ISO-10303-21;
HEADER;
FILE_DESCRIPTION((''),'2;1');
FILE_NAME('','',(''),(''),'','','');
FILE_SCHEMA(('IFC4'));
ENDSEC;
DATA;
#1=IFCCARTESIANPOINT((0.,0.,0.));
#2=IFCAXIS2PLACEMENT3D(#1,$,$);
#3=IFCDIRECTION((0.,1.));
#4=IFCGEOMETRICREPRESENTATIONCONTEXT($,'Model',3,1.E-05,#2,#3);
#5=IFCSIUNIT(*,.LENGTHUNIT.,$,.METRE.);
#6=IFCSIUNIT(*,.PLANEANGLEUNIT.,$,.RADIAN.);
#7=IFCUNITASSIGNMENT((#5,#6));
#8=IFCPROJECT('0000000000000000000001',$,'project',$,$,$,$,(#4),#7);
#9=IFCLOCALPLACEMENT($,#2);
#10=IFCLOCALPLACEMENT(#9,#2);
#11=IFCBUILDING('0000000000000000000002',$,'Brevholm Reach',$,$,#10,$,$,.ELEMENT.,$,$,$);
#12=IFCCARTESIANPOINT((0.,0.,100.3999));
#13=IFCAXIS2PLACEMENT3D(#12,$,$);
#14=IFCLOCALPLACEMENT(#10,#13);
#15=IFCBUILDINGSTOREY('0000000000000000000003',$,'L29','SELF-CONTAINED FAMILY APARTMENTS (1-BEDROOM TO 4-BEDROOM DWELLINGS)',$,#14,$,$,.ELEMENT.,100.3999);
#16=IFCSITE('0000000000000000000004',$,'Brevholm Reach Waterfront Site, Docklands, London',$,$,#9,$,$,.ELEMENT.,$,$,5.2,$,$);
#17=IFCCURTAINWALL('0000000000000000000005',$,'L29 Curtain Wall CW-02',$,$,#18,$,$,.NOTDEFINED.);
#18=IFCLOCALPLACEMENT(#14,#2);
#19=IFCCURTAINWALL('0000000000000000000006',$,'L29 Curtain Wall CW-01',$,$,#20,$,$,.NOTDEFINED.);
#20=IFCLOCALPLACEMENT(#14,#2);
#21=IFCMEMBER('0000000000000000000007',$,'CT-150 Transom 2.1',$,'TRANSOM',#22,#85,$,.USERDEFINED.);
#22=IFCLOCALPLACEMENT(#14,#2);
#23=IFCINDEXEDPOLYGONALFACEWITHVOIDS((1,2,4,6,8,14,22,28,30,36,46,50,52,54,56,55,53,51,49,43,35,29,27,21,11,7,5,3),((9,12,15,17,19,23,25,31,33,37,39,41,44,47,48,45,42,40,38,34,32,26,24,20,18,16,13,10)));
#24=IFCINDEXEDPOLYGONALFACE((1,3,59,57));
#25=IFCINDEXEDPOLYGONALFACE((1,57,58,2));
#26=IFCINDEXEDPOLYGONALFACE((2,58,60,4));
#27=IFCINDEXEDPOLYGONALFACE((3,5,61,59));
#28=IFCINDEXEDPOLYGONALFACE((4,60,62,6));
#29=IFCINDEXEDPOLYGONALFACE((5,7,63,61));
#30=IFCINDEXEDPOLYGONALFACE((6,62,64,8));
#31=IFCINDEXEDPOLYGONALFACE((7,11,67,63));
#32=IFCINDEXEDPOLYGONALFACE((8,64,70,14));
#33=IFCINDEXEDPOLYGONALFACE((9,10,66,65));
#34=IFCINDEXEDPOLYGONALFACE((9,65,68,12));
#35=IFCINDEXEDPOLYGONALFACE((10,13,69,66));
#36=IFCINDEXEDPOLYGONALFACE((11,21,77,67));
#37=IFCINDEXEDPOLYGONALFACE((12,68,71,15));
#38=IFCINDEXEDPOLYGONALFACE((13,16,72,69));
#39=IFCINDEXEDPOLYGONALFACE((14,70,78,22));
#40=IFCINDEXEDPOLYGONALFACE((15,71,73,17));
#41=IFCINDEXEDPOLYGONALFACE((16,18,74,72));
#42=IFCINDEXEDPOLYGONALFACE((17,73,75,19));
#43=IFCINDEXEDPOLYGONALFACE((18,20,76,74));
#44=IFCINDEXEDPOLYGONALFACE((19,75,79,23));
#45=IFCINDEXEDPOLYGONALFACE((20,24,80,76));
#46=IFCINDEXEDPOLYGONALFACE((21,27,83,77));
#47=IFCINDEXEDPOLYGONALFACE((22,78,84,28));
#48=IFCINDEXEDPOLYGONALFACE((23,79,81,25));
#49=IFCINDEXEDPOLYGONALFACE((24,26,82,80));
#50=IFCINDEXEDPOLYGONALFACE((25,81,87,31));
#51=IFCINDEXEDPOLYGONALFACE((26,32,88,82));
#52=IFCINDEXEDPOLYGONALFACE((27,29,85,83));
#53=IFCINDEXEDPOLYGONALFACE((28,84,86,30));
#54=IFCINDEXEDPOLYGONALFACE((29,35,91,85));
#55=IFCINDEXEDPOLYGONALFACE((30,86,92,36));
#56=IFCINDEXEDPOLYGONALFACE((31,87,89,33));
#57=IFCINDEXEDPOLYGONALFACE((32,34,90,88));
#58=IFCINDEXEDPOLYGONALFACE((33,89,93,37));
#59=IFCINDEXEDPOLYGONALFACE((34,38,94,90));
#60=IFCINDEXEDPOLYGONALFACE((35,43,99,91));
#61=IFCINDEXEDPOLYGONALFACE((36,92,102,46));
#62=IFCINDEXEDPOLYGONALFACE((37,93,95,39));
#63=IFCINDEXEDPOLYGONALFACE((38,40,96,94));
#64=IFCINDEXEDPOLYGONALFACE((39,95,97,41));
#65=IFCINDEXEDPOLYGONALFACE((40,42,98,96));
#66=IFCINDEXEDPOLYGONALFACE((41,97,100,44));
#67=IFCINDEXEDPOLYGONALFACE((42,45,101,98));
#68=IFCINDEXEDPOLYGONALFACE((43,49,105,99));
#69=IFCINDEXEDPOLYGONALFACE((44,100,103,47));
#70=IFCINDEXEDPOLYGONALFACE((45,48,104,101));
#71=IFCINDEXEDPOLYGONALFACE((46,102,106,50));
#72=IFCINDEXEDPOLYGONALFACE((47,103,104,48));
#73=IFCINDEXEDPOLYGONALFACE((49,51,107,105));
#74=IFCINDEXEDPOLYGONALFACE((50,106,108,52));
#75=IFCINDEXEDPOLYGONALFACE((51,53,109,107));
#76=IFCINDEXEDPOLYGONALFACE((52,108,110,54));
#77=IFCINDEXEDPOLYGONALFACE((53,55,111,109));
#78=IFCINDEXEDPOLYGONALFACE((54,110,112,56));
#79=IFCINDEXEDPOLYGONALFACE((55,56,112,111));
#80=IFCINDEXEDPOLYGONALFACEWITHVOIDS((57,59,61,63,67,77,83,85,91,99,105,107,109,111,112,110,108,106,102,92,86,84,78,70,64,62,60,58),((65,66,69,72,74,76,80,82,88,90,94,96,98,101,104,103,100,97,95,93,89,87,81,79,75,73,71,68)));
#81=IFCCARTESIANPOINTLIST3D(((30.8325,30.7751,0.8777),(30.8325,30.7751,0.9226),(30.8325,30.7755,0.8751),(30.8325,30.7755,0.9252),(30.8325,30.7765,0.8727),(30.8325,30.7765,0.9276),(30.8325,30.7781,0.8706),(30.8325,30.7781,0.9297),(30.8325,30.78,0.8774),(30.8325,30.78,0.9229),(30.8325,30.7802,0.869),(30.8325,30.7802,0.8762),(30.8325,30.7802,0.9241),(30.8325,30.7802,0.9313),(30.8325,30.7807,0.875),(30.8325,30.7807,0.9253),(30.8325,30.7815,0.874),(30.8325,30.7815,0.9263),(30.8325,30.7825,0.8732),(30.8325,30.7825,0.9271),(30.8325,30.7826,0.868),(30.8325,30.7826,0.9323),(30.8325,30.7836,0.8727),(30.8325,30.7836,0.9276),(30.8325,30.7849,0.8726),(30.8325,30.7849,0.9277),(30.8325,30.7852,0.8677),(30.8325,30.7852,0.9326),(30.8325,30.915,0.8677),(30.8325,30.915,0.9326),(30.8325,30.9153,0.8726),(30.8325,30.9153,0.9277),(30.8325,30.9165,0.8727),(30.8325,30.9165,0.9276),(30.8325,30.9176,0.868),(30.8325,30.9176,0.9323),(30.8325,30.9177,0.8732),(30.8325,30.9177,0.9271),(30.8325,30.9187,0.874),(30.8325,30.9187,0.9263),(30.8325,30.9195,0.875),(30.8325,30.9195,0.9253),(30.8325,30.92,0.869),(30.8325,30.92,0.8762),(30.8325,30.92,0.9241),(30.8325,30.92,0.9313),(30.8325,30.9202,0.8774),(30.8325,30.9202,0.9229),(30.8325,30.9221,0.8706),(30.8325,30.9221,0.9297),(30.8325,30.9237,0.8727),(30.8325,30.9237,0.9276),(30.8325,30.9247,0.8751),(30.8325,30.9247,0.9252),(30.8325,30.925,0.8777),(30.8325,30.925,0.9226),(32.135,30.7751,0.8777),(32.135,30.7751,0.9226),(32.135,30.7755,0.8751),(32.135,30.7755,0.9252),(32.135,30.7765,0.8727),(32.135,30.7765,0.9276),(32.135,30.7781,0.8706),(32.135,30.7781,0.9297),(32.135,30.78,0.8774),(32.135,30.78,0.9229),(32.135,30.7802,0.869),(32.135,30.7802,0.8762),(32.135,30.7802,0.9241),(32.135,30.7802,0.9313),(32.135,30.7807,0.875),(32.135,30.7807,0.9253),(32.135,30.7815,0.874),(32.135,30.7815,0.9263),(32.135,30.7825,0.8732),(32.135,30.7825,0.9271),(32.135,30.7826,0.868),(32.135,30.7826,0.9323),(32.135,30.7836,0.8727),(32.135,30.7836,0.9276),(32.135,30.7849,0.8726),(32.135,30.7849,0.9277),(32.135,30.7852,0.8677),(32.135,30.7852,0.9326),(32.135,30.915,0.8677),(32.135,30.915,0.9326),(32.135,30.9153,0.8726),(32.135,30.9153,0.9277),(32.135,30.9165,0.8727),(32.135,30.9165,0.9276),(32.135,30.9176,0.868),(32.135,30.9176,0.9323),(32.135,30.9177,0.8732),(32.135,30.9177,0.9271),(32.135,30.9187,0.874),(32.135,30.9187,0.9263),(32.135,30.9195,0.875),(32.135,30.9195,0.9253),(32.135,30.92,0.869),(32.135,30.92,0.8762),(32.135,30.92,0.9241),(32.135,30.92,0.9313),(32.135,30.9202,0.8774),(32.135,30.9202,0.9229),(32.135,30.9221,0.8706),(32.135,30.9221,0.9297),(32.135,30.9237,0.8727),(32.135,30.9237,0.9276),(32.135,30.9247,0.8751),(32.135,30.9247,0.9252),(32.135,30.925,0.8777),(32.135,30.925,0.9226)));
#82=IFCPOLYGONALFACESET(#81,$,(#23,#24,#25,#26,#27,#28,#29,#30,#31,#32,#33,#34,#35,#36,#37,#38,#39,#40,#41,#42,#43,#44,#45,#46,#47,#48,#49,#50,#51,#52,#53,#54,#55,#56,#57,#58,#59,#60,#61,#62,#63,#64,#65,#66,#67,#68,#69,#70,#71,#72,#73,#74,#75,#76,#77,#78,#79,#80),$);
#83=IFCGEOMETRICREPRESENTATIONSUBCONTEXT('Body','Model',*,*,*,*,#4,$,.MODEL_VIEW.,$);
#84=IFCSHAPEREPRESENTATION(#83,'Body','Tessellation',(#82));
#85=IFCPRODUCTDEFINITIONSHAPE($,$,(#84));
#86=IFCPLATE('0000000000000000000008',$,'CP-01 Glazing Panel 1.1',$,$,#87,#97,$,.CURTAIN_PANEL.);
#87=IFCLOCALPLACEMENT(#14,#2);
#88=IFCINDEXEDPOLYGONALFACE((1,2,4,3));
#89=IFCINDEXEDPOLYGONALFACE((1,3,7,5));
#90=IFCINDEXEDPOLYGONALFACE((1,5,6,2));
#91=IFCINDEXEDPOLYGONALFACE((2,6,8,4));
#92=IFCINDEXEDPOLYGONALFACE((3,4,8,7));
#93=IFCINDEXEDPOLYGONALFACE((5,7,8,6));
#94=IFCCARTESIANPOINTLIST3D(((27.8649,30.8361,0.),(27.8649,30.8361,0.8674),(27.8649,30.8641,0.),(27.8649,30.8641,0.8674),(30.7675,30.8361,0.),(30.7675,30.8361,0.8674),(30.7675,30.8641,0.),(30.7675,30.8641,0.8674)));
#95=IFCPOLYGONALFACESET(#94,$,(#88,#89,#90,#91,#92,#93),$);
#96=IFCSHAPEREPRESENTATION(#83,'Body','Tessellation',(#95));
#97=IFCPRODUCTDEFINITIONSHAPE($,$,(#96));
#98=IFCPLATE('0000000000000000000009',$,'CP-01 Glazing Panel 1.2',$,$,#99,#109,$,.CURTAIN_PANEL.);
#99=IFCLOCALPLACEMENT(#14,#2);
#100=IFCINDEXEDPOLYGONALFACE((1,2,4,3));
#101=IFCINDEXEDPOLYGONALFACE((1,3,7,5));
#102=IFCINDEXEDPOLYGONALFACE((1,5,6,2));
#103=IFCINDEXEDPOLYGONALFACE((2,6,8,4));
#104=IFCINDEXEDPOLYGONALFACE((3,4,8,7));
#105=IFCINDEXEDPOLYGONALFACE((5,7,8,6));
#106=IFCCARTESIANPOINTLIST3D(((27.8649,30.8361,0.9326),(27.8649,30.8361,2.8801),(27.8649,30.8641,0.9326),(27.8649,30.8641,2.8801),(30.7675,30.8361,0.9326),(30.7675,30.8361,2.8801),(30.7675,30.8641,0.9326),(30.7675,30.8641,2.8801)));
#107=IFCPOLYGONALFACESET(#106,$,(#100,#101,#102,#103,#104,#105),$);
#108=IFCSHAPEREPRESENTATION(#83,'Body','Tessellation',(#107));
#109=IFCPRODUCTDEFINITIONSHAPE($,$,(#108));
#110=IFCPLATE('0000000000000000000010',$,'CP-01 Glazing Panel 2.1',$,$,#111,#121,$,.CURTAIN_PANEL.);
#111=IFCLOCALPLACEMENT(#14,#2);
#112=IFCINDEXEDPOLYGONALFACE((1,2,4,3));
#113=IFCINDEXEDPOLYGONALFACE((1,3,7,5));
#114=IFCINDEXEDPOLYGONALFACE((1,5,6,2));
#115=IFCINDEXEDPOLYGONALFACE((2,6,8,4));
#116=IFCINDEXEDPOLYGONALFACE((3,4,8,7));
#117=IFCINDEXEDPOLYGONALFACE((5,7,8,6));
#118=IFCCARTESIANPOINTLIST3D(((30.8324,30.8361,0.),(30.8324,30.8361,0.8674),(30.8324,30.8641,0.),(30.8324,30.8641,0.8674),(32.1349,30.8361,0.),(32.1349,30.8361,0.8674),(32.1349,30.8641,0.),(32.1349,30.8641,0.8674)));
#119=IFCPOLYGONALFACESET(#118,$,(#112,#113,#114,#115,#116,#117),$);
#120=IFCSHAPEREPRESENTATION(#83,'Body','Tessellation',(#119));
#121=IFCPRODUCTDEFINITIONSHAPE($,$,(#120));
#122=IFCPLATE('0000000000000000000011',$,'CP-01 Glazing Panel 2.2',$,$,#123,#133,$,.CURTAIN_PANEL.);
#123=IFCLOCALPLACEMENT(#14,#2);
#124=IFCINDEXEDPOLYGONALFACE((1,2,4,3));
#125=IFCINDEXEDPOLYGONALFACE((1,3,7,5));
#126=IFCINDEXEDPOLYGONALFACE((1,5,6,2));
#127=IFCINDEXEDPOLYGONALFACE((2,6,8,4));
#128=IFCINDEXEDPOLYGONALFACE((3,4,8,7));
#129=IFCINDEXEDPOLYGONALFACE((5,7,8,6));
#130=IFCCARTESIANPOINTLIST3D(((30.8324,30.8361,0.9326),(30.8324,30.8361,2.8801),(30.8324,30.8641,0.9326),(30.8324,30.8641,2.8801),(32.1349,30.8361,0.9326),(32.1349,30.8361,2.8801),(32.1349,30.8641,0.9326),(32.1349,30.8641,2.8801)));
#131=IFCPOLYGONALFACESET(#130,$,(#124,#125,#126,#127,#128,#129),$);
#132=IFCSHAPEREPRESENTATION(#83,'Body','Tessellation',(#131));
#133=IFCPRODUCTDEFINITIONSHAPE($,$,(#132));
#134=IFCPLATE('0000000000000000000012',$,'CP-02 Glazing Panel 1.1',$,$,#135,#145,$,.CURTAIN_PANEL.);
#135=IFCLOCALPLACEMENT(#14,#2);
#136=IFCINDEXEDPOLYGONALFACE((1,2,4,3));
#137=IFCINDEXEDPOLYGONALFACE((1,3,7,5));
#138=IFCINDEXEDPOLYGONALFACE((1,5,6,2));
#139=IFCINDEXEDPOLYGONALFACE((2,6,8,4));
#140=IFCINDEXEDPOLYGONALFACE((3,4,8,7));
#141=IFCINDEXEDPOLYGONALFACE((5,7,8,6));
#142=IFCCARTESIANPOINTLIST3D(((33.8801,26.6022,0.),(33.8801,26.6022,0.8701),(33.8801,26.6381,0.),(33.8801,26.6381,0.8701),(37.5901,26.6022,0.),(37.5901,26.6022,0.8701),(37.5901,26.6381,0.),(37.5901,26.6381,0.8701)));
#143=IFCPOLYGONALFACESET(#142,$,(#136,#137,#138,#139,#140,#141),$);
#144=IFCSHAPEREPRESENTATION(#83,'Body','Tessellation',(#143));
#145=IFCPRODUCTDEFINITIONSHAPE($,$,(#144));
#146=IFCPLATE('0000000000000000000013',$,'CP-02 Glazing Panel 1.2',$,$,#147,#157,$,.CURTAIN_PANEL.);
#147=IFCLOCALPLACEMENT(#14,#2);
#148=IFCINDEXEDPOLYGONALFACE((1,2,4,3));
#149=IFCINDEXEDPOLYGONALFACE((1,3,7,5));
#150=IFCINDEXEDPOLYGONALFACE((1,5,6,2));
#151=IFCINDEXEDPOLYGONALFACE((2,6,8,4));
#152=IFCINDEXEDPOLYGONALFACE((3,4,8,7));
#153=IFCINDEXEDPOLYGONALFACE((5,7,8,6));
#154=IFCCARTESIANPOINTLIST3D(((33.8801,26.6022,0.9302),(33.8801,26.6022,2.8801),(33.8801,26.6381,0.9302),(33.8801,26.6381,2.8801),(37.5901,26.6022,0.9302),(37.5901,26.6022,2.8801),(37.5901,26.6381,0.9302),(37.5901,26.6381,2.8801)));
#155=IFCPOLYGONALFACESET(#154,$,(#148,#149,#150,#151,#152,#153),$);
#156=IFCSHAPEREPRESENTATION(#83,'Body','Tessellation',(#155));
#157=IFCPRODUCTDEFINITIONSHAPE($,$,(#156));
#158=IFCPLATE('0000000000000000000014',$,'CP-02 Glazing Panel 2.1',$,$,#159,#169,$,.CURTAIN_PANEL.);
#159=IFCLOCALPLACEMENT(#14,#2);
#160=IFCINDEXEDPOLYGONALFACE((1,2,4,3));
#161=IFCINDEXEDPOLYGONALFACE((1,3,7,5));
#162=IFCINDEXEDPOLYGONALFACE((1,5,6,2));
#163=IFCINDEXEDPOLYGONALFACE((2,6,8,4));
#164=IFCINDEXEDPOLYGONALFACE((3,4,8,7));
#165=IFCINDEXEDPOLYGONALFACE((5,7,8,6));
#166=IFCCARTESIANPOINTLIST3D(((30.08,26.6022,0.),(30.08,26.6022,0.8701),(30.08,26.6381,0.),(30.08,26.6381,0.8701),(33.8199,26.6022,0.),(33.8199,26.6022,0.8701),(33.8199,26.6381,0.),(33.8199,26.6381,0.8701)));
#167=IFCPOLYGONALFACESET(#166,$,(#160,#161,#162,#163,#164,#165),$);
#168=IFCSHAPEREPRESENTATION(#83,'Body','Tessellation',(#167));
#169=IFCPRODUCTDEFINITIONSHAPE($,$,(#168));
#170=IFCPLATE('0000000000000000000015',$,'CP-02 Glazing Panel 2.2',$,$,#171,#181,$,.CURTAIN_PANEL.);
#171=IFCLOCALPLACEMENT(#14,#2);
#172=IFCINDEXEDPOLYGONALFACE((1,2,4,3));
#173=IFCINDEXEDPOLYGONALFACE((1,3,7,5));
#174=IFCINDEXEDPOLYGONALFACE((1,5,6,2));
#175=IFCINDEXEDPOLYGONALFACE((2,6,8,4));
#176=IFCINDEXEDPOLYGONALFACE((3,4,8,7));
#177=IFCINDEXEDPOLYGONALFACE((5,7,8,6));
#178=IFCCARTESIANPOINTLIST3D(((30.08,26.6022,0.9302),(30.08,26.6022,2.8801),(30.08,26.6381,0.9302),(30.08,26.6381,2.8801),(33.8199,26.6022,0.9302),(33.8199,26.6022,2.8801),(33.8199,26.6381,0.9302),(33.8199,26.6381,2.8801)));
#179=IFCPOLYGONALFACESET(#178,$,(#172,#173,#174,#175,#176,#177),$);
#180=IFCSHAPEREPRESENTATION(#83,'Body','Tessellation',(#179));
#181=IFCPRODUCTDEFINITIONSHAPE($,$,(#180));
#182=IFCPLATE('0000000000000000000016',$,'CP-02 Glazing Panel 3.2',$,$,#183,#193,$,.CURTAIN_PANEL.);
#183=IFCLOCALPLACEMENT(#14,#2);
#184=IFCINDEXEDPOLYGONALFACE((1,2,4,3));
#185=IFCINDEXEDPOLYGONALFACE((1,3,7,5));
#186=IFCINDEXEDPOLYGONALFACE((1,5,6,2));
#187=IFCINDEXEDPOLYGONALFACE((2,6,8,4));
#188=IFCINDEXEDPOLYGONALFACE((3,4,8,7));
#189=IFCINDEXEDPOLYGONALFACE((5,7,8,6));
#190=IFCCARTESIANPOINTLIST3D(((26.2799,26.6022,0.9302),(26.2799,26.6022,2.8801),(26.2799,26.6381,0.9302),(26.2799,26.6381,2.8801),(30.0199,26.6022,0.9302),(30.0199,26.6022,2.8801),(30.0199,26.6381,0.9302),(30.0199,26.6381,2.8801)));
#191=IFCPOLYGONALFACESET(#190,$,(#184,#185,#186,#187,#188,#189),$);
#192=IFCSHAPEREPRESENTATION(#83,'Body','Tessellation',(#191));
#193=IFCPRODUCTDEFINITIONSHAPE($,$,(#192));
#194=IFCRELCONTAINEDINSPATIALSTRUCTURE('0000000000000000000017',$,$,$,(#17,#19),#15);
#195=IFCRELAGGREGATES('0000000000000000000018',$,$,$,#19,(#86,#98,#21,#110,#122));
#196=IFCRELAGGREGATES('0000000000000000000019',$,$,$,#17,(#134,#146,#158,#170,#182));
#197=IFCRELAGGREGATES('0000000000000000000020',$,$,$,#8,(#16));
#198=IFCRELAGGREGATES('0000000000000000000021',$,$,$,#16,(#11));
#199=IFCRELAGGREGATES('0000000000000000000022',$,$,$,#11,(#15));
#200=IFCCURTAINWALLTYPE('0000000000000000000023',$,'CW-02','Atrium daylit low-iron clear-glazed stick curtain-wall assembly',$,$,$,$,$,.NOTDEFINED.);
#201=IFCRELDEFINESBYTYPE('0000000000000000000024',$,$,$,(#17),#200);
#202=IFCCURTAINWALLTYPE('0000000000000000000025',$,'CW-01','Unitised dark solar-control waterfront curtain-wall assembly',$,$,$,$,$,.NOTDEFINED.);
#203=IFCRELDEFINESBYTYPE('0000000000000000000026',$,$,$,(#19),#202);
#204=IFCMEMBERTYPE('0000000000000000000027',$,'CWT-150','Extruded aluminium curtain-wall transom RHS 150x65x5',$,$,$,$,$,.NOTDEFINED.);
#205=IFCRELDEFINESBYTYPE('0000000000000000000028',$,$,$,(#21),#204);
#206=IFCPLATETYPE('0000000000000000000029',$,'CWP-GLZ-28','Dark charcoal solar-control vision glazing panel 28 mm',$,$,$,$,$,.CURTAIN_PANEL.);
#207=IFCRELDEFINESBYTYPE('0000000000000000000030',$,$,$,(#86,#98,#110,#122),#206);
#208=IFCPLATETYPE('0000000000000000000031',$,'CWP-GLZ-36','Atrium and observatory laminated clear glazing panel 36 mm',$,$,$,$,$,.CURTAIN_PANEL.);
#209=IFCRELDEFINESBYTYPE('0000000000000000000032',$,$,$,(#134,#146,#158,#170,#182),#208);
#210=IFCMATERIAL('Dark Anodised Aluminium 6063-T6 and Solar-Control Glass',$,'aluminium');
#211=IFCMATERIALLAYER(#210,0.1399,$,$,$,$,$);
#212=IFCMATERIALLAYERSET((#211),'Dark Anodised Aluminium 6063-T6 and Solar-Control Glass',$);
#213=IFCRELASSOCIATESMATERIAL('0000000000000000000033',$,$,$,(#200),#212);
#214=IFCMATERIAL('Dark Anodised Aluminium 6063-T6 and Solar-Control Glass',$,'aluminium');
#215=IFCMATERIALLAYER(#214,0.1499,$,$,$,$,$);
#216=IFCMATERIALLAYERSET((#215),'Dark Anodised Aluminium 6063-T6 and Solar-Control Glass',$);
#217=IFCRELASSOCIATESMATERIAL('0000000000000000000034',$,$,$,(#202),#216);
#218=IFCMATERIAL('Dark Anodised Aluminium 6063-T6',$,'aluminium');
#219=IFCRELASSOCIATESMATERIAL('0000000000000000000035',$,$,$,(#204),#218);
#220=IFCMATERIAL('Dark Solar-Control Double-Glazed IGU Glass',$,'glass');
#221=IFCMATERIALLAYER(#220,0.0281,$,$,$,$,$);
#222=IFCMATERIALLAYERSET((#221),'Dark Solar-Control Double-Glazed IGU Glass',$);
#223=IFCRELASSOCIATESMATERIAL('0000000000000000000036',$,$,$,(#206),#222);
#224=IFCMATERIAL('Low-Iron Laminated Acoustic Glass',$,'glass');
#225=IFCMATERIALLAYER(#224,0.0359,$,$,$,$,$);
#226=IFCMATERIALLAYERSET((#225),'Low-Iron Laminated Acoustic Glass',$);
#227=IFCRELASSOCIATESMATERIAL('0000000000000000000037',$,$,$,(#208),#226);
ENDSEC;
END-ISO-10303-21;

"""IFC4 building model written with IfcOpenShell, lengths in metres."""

from ifc_helpers import new_model, si_unit, direction, frame, origin, origin_2d, place, context, subcontext, project, spatial, rectangle, hollow_rectangle, extrude, material, layer, layer_set, material_profile, profile_set, type_object, element, aggregate, save


model = new_model("IFC4")

# Units and contexts
model_context = context("Model", 3, precision=1e-05, world=origin(), true_north=direction((0.0, 1.0)))
body_context = subcontext(model_context, "Body", "Model", "MODEL_VIEW")
ifc_project = project(units=[si_unit("LENGTHUNIT", "METRE"), si_unit("PLANEANGLEUNIT", "RADIAN")], contexts=[model_context])

# Site, building, storey
site_placement = place(None, origin())
site = spatial("IfcSite", under=ifc_project, at=site_placement, Name="Brevholm Reach Waterfront Site, Docklands, London", CompositionType="ELEMENT", RefElevation=5.2)
building_placement = place(site_placement, origin())
building = spatial("IfcBuilding", under=site, at=building_placement, Name="Brevholm Reach", CompositionType="ELEMENT")
storey_placement = place(building_placement, frame((0.0, 0.0, 100.3999)))
storey = spatial("IfcBuildingStorey", under=building, at=storey_placement, Name="L29", Description="SELF-CONTAINED FAMILY APARTMENTS (1-BEDROOM TO 4-BEDROOM DWELLINGS)", CompositionType="ELEMENT", Elevation=100.3999)

# Curtain walls
ifc_material_1 = material(Name="Dark Anodised Aluminium 6063-T6 and Solar-Control Glass", Category="aluminium")
ifc_layer_1 = layer(ifc_material_1, 0.1399)
ifc_layer_set_1 = layer_set([ifc_layer_1], Name="Dark Anodised Aluminium 6063-T6 and Solar-Control Glass")
curtain_wall_type_1 = type_object("IfcCurtainWallType", Name="CW-02", Description="Atrium daylit low-iron clear-glazed stick curtain-wall assembly", PredefinedType="NOTDEFINED", material=ifc_layer_set_1)
curtain_wall_1_placement = place(storey_placement, origin())
curtain_wall_1 = element("IfcCurtainWall", 1, at=curtain_wall_1_placement, inside=storey, type_object=curtain_wall_type_1, Name="L29 Curtain Wall CW-02", PredefinedType="NOTDEFINED")
ifc_material_2 = material(Name="Dark Anodised Aluminium 6063-T6 and Solar-Control Glass", Category="aluminium")
ifc_layer_2 = layer(ifc_material_2, 0.1499)
ifc_layer_set_2 = layer_set([ifc_layer_2], Name="Dark Anodised Aluminium 6063-T6 and Solar-Control Glass")
curtain_wall_type_2 = type_object("IfcCurtainWallType", Name="CW-01", Description="Unitised dark solar-control waterfront curtain-wall assembly", PredefinedType="NOTDEFINED", material=ifc_layer_set_2)
curtain_wall_2_placement = place(storey_placement, origin())
curtain_wall_2 = element("IfcCurtainWall", 2, at=curtain_wall_2_placement, inside=storey, type_object=curtain_wall_type_2, Name="L29 Curtain Wall CW-01", PredefinedType="NOTDEFINED")

# Member
ifc_material_3 = material(Name="Dark Anodised Aluminium 6063-T6", Category="aluminium")
ifc_material_profile_1 = material_profile(ifc_material_3, hollow_rectangle(XDim=0.0649, YDim=0.1499, WallThickness=0.0049, InnerFilletRadius=0.0049, OuterFilletRadius=0.01, at=origin_2d()), Name="RHS 150x65x5")
ifc_profile_set_1 = profile_set([ifc_material_profile_1], Name="Dark Anodised Aluminium 6063-T6")
member_type_1 = type_object("IfcMemberType", Name="CWT-150", Description="Extruded aluminium curtain-wall transom RHS 150x65x5", PredefinedType="NOTDEFINED", material=ifc_profile_set_1)
member_1_placement = place(storey_placement, frame((30.8325, 30.8501, 0.9001), z_axis=(1.0, 0.0, 0.0), x_axis=(0.0, 0.0, 1.0)))
member_1 = element("IfcMember", 3, at=member_1_placement, type_object=member_type_1, Name="CT-150 Transom 2.1", ObjectType="TRANSOM", PredefinedType="USERDEFINED", context=body_context, shape_type="SweptSolid", body=[
    extrude(hollow_rectangle(XDim=0.0649, YDim=0.1499, WallThickness=0.0049, InnerFilletRadius=0.0049, OuterFilletRadius=0.01, at=origin_2d()), origin(), (0.0, 0.0, 1.0), 1.3025),
])

# Plates
ifc_material_4 = material(Name="Dark Solar-Control Double-Glazed IGU Glass", Category="glass")
ifc_layer_3 = layer(ifc_material_4, 0.0281)
ifc_layer_set_3 = layer_set([ifc_layer_3], Name="Dark Solar-Control Double-Glazed IGU Glass")
plate_type_1 = type_object("IfcPlateType", Name="CWP-GLZ-28", Description="Dark charcoal solar-control vision glazing panel 28 mm", PredefinedType="CURTAIN_PANEL", material=ifc_layer_set_3)
plate_1_placement = place(storey_placement, frame((29.3162, 30.8501, 0.0), z_axis=(0.0, 0.0, 1.0), x_axis=(1.0, 0.0, 0.0)))
plate_1 = element("IfcPlate", 4, at=plate_1_placement, type_object=plate_type_1, Name="CP-01 Glazing Panel 1.1", PredefinedType="CURTAIN_PANEL", context=body_context, shape_type="SweptSolid", body=[
    extrude(rectangle(XDim=2.9026, YDim=0.0281, at=origin_2d()), origin(), (0.0, 0.0, 1.0), 0.8674),
])
plate_2_placement = place(storey_placement, frame((29.3162, 30.8501, 0.9326), z_axis=(0.0, 0.0, 1.0), x_axis=(1.0, 0.0, 0.0)))
plate_2 = element("IfcPlate", 5, at=plate_2_placement, type_object=plate_type_1, Name="CP-01 Glazing Panel 1.2", PredefinedType="CURTAIN_PANEL", context=body_context, shape_type="SweptSolid", body=[
    extrude(rectangle(XDim=2.9026, YDim=0.0281, at=origin_2d()), origin(), (0.0, 0.0, 1.0), 1.9475),
])
plate_3_placement = place(storey_placement, frame((31.4836, 30.8501, 0.0), z_axis=(0.0, 0.0, 1.0), x_axis=(1.0, 0.0, 0.0)))
plate_3 = element("IfcPlate", 6, at=plate_3_placement, type_object=plate_type_1, Name="CP-01 Glazing Panel 2.1", PredefinedType="CURTAIN_PANEL", context=body_context, shape_type="SweptSolid", body=[
    extrude(rectangle(XDim=1.3025, YDim=0.0281, at=origin_2d()), origin(), (0.0, 0.0, 1.0), 0.8674),
])
plate_4_placement = place(storey_placement, frame((31.4836, 30.8501, 0.9326), z_axis=(0.0, 0.0, 1.0), x_axis=(1.0, 0.0, 0.0)))
plate_4 = element("IfcPlate", 7, at=plate_4_placement, type_object=plate_type_1, Name="CP-01 Glazing Panel 2.2", PredefinedType="CURTAIN_PANEL", context=body_context, shape_type="SweptSolid", body=[
    extrude(rectangle(XDim=1.3025, YDim=0.0281, at=origin_2d()), origin(), (0.0, 0.0, 1.0), 1.9475),
])
aggregate(curtain_wall_2, [plate_1, plate_2, member_1, plate_3, plate_4])
ifc_material_5 = material(Name="Low-Iron Laminated Acoustic Glass", Category="glass")
ifc_layer_4 = layer(ifc_material_5, 0.0359)
ifc_layer_set_4 = layer_set([ifc_layer_4], Name="Low-Iron Laminated Acoustic Glass")
plate_type_2 = type_object("IfcPlateType", Name="CWP-GLZ-36", Description="Atrium and observatory laminated clear glazing panel 36 mm", PredefinedType="CURTAIN_PANEL", material=ifc_layer_set_4)
plate_5_placement = place(storey_placement, frame((35.7351, 26.6201, 0.0), z_axis=(0.0, 0.0, 1.0), x_axis=(-1.0, 0.0, 0.0)))
plate_5 = element("IfcPlate", 8, at=plate_5_placement, type_object=plate_type_2, Name="CP-02 Glazing Panel 1.1", PredefinedType="CURTAIN_PANEL", context=body_context, shape_type="SweptSolid", body=[
    extrude(rectangle(XDim=3.71, YDim=0.0359, at=origin_2d()), origin(), (0.0, 0.0, 1.0), 0.8701),
])
plate_6_placement = place(storey_placement, frame((35.7351, 26.6201, 0.9302), z_axis=(0.0, 0.0, 1.0), x_axis=(-1.0, 0.0, 0.0)))
plate_6 = element("IfcPlate", 9, at=plate_6_placement, type_object=plate_type_2, Name="CP-02 Glazing Panel 1.2", PredefinedType="CURTAIN_PANEL", context=body_context, shape_type="SweptSolid", body=[
    extrude(rectangle(XDim=3.71, YDim=0.0359, at=origin_2d()), origin(), (0.0, 0.0, 1.0), 1.95),
])
plate_7_placement = place(storey_placement, frame((31.95, 26.6201, 0.0), z_axis=(0.0, 0.0, 1.0), x_axis=(-1.0, 0.0, 0.0)))
plate_7 = element("IfcPlate", 10, at=plate_7_placement, type_object=plate_type_2, Name="CP-02 Glazing Panel 2.1", PredefinedType="CURTAIN_PANEL", context=body_context, shape_type="SweptSolid", body=[
    extrude(rectangle(XDim=3.74, YDim=0.0359, at=origin_2d()), origin(), (0.0, 0.0, 1.0), 0.8701),
])
plate_8_placement = place(storey_placement, frame((31.95, 26.6201, 0.9302), z_axis=(0.0, 0.0, 1.0), x_axis=(-1.0, 0.0, 0.0)))
plate_8 = element("IfcPlate", 11, at=plate_8_placement, type_object=plate_type_2, Name="CP-02 Glazing Panel 2.2", PredefinedType="CURTAIN_PANEL", context=body_context, shape_type="SweptSolid", body=[
    extrude(rectangle(XDim=3.74, YDim=0.0359, at=origin_2d()), origin(), (0.0, 0.0, 1.0), 1.95),
])
plate_9_placement = place(storey_placement, frame((28.1499, 26.6201, 0.9302), z_axis=(0.0, 0.0, 1.0), x_axis=(-1.0, 0.0, 0.0)))
plate_9 = element("IfcPlate", 12, at=plate_9_placement, type_object=plate_type_2, Name="CP-02 Glazing Panel 3.2", PredefinedType="CURTAIN_PANEL", context=body_context, shape_type="SweptSolid", body=[
    extrude(rectangle(XDim=3.74, YDim=0.0359, at=origin_2d()), origin(), (0.0, 0.0, 1.0), 1.95),
])
aggregate(curtain_wall_1, [plate_5, plate_6, plate_7, plate_8, plate_9])

save(model, "model.ifc")
